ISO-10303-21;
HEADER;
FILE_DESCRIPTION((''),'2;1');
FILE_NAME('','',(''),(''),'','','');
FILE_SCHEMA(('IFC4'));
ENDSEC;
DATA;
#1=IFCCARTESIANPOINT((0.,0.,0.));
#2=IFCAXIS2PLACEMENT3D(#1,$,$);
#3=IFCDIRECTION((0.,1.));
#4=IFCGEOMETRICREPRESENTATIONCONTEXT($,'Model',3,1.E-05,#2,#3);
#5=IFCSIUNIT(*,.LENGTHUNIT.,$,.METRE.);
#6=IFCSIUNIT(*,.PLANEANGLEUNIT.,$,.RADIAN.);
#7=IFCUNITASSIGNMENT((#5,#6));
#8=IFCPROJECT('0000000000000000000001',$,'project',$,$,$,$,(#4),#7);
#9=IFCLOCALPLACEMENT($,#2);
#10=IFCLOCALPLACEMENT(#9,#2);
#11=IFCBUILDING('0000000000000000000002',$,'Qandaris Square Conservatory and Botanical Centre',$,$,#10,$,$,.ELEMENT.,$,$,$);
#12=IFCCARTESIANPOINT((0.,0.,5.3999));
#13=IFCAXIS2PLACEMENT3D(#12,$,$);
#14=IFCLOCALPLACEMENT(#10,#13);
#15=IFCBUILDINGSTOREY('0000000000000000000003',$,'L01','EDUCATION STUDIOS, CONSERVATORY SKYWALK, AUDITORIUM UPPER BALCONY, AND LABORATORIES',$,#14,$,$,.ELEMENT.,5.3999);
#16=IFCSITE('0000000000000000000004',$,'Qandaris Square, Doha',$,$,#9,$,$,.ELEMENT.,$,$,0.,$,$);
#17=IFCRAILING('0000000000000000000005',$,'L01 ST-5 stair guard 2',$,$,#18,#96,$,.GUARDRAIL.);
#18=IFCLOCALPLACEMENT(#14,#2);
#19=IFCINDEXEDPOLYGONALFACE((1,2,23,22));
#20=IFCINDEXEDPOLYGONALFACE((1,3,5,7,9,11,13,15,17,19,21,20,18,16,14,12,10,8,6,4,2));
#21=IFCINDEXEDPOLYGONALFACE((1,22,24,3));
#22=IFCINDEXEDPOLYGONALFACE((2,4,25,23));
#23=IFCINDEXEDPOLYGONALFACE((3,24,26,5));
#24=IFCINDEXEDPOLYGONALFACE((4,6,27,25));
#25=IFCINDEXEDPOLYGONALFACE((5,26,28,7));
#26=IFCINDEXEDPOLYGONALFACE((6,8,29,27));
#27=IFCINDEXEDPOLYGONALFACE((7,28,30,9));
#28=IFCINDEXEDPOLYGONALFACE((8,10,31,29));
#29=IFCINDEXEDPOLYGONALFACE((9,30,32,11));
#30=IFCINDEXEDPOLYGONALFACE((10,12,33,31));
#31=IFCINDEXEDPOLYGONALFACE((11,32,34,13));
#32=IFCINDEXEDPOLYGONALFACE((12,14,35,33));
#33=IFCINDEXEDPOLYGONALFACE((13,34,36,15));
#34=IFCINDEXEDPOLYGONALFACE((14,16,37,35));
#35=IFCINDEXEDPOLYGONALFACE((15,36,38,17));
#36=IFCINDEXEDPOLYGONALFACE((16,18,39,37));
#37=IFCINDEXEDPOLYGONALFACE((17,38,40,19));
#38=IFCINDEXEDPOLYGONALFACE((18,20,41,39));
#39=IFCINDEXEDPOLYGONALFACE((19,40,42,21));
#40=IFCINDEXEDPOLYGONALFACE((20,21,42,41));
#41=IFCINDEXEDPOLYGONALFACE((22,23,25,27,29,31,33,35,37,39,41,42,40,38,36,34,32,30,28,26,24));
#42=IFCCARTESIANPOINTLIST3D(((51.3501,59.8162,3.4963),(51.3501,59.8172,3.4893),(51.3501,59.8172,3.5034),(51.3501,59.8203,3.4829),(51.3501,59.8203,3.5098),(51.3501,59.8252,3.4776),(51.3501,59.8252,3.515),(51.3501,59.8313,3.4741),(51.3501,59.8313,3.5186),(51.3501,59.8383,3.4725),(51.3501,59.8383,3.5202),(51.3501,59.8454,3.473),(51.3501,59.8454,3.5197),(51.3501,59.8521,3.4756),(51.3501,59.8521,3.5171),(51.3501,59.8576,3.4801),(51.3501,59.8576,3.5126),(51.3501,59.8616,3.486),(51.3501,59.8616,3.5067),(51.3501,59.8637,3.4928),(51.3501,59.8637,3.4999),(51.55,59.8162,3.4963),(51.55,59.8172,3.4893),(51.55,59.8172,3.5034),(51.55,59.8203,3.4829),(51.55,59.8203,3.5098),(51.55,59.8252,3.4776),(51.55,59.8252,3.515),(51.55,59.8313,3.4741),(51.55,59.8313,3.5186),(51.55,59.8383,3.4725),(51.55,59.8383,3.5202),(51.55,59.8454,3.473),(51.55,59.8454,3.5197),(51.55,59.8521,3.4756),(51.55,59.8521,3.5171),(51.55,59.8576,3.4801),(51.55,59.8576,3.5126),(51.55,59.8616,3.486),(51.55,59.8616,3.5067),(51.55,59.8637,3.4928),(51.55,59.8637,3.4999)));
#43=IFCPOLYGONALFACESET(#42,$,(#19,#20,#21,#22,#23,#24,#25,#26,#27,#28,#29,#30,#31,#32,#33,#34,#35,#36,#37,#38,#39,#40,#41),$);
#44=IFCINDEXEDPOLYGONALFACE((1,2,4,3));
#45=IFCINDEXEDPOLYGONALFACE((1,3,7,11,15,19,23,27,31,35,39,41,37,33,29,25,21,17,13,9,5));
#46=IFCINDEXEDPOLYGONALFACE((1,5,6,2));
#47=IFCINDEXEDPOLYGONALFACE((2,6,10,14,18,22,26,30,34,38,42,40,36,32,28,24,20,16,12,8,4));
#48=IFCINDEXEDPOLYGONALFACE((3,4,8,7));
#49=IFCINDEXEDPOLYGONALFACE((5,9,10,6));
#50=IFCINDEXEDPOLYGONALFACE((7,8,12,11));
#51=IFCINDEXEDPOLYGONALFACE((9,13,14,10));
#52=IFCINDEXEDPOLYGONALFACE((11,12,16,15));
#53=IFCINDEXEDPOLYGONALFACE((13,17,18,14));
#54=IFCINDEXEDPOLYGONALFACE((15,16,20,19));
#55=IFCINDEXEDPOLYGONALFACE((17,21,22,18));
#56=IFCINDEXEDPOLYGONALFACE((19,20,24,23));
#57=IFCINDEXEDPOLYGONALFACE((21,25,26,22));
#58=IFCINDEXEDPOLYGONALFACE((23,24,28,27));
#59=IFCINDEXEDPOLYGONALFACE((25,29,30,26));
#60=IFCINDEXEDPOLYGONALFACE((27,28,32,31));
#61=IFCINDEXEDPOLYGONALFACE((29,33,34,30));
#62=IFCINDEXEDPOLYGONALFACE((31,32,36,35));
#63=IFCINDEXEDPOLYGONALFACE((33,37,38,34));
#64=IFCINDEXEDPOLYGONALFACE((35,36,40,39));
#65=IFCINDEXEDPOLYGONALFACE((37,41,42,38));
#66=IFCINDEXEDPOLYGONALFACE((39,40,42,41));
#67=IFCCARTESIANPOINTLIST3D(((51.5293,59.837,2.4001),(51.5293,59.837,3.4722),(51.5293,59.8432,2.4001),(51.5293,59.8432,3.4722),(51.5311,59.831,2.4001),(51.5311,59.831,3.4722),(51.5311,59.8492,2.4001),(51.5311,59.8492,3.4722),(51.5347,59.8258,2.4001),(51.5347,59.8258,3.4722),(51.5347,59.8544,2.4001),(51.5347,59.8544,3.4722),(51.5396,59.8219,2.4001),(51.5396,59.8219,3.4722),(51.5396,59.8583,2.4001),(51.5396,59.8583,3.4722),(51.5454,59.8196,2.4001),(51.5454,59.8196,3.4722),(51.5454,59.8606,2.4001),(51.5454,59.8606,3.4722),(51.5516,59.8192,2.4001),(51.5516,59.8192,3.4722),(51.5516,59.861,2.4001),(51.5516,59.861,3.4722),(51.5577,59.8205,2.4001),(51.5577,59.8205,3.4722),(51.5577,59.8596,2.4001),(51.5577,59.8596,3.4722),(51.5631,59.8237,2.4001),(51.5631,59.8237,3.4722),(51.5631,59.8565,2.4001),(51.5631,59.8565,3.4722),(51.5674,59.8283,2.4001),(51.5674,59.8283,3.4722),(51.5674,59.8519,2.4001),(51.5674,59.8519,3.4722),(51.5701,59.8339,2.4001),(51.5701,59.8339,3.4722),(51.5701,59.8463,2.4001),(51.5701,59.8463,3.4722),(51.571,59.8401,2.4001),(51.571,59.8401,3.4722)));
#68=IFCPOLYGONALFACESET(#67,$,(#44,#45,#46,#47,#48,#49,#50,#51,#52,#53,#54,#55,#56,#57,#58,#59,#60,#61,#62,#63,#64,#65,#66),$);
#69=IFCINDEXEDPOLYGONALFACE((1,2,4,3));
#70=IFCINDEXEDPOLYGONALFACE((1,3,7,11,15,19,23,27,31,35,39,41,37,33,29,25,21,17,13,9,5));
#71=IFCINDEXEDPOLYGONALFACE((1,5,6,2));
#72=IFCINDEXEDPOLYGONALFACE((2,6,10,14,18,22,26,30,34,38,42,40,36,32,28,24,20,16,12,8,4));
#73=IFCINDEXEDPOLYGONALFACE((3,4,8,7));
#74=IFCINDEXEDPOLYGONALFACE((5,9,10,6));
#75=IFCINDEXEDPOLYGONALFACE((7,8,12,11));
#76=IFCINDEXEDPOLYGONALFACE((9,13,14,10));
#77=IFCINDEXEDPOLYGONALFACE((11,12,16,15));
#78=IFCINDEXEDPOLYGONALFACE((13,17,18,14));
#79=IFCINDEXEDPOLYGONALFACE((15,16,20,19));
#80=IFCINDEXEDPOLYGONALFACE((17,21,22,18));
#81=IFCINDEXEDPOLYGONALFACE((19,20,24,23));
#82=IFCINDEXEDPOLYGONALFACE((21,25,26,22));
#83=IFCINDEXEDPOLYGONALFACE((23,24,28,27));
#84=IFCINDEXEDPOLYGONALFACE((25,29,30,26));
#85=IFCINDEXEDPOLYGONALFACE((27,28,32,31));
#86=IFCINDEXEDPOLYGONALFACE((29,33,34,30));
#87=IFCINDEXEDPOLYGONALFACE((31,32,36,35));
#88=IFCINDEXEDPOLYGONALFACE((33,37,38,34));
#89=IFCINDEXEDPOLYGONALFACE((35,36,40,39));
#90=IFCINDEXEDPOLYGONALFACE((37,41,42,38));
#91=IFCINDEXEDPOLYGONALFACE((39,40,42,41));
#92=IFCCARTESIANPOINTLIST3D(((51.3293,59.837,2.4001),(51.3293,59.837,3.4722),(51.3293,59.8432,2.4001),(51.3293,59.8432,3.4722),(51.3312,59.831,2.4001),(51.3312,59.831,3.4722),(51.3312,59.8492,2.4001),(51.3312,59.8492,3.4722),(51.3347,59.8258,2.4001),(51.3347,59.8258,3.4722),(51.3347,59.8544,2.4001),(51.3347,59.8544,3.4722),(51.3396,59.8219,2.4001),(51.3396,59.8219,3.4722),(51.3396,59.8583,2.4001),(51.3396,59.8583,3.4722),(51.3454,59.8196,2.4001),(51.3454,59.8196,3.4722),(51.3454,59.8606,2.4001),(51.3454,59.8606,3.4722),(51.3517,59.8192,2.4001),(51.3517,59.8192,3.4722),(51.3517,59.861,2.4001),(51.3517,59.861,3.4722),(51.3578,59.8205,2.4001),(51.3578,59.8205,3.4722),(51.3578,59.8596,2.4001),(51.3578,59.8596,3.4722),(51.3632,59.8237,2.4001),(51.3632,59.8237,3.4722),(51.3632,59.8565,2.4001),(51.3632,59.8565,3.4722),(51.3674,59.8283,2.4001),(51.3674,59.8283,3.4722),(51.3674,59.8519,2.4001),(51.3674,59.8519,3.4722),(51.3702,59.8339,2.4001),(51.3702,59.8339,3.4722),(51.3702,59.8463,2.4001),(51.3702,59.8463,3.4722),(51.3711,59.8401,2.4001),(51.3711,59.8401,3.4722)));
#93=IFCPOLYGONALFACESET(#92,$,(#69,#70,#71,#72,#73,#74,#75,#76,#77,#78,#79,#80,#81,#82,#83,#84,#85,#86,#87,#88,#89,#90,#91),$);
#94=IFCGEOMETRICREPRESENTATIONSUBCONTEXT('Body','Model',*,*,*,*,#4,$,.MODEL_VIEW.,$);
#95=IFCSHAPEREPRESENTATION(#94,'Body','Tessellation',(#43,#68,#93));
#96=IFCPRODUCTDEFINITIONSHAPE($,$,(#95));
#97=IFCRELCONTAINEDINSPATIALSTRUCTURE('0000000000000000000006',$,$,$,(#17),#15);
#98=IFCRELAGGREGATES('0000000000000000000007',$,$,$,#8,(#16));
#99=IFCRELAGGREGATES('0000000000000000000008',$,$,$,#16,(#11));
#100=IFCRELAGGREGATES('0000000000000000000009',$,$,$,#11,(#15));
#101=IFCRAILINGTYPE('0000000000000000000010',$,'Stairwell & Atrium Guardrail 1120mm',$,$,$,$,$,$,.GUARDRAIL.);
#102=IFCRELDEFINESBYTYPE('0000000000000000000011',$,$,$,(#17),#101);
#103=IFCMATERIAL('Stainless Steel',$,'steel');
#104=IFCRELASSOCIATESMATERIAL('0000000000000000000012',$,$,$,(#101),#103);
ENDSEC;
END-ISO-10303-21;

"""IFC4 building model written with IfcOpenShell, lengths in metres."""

from ifc_helpers import new_model, si_unit, direction, frame, origin, origin_2d, place, context, subcontext, project, spatial, circle, extrude, material, type_object, element, save


model = new_model("IFC4")

# Units and contexts
model_context = context("Model", 3, precision=1e-05, world=origin(), true_north=direction((0.0, 1.0)))
body_context = subcontext(model_context, "Body", "Model", "MODEL_VIEW")
ifc_project = project(units=[si_unit("LENGTHUNIT", "METRE"), si_unit("PLANEANGLEUNIT", "RADIAN")], contexts=[model_context])

# Site, building, storey
site_placement = place(None, origin())
site = spatial("IfcSite", under=ifc_project, at=site_placement, Name="Qandaris Square, Doha", CompositionType="ELEMENT", RefElevation=0.0)
building_placement = place(site_placement, origin())
building = spatial("IfcBuilding", under=site, at=building_placement, Name="Qandaris Square Conservatory and Botanical Centre", CompositionType="ELEMENT")
storey_placement = place(building_placement, frame((0.0, 0.0, 5.3999)))
storey = spatial("IfcBuildingStorey", under=building, at=storey_placement, Name="L01", Description="EDUCATION STUDIOS, CONSERVATORY SKYWALK, AUDITORIUM UPPER BALCONY, AND LABORATORIES", CompositionType="ELEMENT", Elevation=5.3999)

# Railing
ifc_material_1 = material(Name="Stainless Steel", Category="steel")
railing_type_1 = type_object("IfcRailingType", Name="Stairwell & Atrium Guardrail 1120mm", PredefinedType="GUARDRAIL", material=ifc_material_1)
railing_1_placement = place(storey_placement, frame((51.55, 59.8401, 2.4001)))
element("IfcRailing", 1, at=railing_1_placement, inside=storey, type_object=railing_type_1, Name="L01 ST-5 stair guard 2", PredefinedType="GUARDRAIL", context=body_context, shape_type="SweptSolid", body=[
    extrude(circle(Radius=0.0239, at=origin_2d()), frame((0.0, 0.0, 1.0962), z_axis=(-1.0, 0.0, 0.0), x_axis=(0.0, -1.0, 0.0)), (0.0, 0.0, 1.0), 0.2),
    extrude(circle(Radius=0.021, at=origin_2d()), origin(), (0.0, 0.0, 1.0), 1.072),
    extrude(circle(Radius=0.021, at=origin_2d()), frame((-0.2, 0.0, 0.0)), (0.0, 0.0, 1.0), 1.072),
])

save(model, "model.ifc")
